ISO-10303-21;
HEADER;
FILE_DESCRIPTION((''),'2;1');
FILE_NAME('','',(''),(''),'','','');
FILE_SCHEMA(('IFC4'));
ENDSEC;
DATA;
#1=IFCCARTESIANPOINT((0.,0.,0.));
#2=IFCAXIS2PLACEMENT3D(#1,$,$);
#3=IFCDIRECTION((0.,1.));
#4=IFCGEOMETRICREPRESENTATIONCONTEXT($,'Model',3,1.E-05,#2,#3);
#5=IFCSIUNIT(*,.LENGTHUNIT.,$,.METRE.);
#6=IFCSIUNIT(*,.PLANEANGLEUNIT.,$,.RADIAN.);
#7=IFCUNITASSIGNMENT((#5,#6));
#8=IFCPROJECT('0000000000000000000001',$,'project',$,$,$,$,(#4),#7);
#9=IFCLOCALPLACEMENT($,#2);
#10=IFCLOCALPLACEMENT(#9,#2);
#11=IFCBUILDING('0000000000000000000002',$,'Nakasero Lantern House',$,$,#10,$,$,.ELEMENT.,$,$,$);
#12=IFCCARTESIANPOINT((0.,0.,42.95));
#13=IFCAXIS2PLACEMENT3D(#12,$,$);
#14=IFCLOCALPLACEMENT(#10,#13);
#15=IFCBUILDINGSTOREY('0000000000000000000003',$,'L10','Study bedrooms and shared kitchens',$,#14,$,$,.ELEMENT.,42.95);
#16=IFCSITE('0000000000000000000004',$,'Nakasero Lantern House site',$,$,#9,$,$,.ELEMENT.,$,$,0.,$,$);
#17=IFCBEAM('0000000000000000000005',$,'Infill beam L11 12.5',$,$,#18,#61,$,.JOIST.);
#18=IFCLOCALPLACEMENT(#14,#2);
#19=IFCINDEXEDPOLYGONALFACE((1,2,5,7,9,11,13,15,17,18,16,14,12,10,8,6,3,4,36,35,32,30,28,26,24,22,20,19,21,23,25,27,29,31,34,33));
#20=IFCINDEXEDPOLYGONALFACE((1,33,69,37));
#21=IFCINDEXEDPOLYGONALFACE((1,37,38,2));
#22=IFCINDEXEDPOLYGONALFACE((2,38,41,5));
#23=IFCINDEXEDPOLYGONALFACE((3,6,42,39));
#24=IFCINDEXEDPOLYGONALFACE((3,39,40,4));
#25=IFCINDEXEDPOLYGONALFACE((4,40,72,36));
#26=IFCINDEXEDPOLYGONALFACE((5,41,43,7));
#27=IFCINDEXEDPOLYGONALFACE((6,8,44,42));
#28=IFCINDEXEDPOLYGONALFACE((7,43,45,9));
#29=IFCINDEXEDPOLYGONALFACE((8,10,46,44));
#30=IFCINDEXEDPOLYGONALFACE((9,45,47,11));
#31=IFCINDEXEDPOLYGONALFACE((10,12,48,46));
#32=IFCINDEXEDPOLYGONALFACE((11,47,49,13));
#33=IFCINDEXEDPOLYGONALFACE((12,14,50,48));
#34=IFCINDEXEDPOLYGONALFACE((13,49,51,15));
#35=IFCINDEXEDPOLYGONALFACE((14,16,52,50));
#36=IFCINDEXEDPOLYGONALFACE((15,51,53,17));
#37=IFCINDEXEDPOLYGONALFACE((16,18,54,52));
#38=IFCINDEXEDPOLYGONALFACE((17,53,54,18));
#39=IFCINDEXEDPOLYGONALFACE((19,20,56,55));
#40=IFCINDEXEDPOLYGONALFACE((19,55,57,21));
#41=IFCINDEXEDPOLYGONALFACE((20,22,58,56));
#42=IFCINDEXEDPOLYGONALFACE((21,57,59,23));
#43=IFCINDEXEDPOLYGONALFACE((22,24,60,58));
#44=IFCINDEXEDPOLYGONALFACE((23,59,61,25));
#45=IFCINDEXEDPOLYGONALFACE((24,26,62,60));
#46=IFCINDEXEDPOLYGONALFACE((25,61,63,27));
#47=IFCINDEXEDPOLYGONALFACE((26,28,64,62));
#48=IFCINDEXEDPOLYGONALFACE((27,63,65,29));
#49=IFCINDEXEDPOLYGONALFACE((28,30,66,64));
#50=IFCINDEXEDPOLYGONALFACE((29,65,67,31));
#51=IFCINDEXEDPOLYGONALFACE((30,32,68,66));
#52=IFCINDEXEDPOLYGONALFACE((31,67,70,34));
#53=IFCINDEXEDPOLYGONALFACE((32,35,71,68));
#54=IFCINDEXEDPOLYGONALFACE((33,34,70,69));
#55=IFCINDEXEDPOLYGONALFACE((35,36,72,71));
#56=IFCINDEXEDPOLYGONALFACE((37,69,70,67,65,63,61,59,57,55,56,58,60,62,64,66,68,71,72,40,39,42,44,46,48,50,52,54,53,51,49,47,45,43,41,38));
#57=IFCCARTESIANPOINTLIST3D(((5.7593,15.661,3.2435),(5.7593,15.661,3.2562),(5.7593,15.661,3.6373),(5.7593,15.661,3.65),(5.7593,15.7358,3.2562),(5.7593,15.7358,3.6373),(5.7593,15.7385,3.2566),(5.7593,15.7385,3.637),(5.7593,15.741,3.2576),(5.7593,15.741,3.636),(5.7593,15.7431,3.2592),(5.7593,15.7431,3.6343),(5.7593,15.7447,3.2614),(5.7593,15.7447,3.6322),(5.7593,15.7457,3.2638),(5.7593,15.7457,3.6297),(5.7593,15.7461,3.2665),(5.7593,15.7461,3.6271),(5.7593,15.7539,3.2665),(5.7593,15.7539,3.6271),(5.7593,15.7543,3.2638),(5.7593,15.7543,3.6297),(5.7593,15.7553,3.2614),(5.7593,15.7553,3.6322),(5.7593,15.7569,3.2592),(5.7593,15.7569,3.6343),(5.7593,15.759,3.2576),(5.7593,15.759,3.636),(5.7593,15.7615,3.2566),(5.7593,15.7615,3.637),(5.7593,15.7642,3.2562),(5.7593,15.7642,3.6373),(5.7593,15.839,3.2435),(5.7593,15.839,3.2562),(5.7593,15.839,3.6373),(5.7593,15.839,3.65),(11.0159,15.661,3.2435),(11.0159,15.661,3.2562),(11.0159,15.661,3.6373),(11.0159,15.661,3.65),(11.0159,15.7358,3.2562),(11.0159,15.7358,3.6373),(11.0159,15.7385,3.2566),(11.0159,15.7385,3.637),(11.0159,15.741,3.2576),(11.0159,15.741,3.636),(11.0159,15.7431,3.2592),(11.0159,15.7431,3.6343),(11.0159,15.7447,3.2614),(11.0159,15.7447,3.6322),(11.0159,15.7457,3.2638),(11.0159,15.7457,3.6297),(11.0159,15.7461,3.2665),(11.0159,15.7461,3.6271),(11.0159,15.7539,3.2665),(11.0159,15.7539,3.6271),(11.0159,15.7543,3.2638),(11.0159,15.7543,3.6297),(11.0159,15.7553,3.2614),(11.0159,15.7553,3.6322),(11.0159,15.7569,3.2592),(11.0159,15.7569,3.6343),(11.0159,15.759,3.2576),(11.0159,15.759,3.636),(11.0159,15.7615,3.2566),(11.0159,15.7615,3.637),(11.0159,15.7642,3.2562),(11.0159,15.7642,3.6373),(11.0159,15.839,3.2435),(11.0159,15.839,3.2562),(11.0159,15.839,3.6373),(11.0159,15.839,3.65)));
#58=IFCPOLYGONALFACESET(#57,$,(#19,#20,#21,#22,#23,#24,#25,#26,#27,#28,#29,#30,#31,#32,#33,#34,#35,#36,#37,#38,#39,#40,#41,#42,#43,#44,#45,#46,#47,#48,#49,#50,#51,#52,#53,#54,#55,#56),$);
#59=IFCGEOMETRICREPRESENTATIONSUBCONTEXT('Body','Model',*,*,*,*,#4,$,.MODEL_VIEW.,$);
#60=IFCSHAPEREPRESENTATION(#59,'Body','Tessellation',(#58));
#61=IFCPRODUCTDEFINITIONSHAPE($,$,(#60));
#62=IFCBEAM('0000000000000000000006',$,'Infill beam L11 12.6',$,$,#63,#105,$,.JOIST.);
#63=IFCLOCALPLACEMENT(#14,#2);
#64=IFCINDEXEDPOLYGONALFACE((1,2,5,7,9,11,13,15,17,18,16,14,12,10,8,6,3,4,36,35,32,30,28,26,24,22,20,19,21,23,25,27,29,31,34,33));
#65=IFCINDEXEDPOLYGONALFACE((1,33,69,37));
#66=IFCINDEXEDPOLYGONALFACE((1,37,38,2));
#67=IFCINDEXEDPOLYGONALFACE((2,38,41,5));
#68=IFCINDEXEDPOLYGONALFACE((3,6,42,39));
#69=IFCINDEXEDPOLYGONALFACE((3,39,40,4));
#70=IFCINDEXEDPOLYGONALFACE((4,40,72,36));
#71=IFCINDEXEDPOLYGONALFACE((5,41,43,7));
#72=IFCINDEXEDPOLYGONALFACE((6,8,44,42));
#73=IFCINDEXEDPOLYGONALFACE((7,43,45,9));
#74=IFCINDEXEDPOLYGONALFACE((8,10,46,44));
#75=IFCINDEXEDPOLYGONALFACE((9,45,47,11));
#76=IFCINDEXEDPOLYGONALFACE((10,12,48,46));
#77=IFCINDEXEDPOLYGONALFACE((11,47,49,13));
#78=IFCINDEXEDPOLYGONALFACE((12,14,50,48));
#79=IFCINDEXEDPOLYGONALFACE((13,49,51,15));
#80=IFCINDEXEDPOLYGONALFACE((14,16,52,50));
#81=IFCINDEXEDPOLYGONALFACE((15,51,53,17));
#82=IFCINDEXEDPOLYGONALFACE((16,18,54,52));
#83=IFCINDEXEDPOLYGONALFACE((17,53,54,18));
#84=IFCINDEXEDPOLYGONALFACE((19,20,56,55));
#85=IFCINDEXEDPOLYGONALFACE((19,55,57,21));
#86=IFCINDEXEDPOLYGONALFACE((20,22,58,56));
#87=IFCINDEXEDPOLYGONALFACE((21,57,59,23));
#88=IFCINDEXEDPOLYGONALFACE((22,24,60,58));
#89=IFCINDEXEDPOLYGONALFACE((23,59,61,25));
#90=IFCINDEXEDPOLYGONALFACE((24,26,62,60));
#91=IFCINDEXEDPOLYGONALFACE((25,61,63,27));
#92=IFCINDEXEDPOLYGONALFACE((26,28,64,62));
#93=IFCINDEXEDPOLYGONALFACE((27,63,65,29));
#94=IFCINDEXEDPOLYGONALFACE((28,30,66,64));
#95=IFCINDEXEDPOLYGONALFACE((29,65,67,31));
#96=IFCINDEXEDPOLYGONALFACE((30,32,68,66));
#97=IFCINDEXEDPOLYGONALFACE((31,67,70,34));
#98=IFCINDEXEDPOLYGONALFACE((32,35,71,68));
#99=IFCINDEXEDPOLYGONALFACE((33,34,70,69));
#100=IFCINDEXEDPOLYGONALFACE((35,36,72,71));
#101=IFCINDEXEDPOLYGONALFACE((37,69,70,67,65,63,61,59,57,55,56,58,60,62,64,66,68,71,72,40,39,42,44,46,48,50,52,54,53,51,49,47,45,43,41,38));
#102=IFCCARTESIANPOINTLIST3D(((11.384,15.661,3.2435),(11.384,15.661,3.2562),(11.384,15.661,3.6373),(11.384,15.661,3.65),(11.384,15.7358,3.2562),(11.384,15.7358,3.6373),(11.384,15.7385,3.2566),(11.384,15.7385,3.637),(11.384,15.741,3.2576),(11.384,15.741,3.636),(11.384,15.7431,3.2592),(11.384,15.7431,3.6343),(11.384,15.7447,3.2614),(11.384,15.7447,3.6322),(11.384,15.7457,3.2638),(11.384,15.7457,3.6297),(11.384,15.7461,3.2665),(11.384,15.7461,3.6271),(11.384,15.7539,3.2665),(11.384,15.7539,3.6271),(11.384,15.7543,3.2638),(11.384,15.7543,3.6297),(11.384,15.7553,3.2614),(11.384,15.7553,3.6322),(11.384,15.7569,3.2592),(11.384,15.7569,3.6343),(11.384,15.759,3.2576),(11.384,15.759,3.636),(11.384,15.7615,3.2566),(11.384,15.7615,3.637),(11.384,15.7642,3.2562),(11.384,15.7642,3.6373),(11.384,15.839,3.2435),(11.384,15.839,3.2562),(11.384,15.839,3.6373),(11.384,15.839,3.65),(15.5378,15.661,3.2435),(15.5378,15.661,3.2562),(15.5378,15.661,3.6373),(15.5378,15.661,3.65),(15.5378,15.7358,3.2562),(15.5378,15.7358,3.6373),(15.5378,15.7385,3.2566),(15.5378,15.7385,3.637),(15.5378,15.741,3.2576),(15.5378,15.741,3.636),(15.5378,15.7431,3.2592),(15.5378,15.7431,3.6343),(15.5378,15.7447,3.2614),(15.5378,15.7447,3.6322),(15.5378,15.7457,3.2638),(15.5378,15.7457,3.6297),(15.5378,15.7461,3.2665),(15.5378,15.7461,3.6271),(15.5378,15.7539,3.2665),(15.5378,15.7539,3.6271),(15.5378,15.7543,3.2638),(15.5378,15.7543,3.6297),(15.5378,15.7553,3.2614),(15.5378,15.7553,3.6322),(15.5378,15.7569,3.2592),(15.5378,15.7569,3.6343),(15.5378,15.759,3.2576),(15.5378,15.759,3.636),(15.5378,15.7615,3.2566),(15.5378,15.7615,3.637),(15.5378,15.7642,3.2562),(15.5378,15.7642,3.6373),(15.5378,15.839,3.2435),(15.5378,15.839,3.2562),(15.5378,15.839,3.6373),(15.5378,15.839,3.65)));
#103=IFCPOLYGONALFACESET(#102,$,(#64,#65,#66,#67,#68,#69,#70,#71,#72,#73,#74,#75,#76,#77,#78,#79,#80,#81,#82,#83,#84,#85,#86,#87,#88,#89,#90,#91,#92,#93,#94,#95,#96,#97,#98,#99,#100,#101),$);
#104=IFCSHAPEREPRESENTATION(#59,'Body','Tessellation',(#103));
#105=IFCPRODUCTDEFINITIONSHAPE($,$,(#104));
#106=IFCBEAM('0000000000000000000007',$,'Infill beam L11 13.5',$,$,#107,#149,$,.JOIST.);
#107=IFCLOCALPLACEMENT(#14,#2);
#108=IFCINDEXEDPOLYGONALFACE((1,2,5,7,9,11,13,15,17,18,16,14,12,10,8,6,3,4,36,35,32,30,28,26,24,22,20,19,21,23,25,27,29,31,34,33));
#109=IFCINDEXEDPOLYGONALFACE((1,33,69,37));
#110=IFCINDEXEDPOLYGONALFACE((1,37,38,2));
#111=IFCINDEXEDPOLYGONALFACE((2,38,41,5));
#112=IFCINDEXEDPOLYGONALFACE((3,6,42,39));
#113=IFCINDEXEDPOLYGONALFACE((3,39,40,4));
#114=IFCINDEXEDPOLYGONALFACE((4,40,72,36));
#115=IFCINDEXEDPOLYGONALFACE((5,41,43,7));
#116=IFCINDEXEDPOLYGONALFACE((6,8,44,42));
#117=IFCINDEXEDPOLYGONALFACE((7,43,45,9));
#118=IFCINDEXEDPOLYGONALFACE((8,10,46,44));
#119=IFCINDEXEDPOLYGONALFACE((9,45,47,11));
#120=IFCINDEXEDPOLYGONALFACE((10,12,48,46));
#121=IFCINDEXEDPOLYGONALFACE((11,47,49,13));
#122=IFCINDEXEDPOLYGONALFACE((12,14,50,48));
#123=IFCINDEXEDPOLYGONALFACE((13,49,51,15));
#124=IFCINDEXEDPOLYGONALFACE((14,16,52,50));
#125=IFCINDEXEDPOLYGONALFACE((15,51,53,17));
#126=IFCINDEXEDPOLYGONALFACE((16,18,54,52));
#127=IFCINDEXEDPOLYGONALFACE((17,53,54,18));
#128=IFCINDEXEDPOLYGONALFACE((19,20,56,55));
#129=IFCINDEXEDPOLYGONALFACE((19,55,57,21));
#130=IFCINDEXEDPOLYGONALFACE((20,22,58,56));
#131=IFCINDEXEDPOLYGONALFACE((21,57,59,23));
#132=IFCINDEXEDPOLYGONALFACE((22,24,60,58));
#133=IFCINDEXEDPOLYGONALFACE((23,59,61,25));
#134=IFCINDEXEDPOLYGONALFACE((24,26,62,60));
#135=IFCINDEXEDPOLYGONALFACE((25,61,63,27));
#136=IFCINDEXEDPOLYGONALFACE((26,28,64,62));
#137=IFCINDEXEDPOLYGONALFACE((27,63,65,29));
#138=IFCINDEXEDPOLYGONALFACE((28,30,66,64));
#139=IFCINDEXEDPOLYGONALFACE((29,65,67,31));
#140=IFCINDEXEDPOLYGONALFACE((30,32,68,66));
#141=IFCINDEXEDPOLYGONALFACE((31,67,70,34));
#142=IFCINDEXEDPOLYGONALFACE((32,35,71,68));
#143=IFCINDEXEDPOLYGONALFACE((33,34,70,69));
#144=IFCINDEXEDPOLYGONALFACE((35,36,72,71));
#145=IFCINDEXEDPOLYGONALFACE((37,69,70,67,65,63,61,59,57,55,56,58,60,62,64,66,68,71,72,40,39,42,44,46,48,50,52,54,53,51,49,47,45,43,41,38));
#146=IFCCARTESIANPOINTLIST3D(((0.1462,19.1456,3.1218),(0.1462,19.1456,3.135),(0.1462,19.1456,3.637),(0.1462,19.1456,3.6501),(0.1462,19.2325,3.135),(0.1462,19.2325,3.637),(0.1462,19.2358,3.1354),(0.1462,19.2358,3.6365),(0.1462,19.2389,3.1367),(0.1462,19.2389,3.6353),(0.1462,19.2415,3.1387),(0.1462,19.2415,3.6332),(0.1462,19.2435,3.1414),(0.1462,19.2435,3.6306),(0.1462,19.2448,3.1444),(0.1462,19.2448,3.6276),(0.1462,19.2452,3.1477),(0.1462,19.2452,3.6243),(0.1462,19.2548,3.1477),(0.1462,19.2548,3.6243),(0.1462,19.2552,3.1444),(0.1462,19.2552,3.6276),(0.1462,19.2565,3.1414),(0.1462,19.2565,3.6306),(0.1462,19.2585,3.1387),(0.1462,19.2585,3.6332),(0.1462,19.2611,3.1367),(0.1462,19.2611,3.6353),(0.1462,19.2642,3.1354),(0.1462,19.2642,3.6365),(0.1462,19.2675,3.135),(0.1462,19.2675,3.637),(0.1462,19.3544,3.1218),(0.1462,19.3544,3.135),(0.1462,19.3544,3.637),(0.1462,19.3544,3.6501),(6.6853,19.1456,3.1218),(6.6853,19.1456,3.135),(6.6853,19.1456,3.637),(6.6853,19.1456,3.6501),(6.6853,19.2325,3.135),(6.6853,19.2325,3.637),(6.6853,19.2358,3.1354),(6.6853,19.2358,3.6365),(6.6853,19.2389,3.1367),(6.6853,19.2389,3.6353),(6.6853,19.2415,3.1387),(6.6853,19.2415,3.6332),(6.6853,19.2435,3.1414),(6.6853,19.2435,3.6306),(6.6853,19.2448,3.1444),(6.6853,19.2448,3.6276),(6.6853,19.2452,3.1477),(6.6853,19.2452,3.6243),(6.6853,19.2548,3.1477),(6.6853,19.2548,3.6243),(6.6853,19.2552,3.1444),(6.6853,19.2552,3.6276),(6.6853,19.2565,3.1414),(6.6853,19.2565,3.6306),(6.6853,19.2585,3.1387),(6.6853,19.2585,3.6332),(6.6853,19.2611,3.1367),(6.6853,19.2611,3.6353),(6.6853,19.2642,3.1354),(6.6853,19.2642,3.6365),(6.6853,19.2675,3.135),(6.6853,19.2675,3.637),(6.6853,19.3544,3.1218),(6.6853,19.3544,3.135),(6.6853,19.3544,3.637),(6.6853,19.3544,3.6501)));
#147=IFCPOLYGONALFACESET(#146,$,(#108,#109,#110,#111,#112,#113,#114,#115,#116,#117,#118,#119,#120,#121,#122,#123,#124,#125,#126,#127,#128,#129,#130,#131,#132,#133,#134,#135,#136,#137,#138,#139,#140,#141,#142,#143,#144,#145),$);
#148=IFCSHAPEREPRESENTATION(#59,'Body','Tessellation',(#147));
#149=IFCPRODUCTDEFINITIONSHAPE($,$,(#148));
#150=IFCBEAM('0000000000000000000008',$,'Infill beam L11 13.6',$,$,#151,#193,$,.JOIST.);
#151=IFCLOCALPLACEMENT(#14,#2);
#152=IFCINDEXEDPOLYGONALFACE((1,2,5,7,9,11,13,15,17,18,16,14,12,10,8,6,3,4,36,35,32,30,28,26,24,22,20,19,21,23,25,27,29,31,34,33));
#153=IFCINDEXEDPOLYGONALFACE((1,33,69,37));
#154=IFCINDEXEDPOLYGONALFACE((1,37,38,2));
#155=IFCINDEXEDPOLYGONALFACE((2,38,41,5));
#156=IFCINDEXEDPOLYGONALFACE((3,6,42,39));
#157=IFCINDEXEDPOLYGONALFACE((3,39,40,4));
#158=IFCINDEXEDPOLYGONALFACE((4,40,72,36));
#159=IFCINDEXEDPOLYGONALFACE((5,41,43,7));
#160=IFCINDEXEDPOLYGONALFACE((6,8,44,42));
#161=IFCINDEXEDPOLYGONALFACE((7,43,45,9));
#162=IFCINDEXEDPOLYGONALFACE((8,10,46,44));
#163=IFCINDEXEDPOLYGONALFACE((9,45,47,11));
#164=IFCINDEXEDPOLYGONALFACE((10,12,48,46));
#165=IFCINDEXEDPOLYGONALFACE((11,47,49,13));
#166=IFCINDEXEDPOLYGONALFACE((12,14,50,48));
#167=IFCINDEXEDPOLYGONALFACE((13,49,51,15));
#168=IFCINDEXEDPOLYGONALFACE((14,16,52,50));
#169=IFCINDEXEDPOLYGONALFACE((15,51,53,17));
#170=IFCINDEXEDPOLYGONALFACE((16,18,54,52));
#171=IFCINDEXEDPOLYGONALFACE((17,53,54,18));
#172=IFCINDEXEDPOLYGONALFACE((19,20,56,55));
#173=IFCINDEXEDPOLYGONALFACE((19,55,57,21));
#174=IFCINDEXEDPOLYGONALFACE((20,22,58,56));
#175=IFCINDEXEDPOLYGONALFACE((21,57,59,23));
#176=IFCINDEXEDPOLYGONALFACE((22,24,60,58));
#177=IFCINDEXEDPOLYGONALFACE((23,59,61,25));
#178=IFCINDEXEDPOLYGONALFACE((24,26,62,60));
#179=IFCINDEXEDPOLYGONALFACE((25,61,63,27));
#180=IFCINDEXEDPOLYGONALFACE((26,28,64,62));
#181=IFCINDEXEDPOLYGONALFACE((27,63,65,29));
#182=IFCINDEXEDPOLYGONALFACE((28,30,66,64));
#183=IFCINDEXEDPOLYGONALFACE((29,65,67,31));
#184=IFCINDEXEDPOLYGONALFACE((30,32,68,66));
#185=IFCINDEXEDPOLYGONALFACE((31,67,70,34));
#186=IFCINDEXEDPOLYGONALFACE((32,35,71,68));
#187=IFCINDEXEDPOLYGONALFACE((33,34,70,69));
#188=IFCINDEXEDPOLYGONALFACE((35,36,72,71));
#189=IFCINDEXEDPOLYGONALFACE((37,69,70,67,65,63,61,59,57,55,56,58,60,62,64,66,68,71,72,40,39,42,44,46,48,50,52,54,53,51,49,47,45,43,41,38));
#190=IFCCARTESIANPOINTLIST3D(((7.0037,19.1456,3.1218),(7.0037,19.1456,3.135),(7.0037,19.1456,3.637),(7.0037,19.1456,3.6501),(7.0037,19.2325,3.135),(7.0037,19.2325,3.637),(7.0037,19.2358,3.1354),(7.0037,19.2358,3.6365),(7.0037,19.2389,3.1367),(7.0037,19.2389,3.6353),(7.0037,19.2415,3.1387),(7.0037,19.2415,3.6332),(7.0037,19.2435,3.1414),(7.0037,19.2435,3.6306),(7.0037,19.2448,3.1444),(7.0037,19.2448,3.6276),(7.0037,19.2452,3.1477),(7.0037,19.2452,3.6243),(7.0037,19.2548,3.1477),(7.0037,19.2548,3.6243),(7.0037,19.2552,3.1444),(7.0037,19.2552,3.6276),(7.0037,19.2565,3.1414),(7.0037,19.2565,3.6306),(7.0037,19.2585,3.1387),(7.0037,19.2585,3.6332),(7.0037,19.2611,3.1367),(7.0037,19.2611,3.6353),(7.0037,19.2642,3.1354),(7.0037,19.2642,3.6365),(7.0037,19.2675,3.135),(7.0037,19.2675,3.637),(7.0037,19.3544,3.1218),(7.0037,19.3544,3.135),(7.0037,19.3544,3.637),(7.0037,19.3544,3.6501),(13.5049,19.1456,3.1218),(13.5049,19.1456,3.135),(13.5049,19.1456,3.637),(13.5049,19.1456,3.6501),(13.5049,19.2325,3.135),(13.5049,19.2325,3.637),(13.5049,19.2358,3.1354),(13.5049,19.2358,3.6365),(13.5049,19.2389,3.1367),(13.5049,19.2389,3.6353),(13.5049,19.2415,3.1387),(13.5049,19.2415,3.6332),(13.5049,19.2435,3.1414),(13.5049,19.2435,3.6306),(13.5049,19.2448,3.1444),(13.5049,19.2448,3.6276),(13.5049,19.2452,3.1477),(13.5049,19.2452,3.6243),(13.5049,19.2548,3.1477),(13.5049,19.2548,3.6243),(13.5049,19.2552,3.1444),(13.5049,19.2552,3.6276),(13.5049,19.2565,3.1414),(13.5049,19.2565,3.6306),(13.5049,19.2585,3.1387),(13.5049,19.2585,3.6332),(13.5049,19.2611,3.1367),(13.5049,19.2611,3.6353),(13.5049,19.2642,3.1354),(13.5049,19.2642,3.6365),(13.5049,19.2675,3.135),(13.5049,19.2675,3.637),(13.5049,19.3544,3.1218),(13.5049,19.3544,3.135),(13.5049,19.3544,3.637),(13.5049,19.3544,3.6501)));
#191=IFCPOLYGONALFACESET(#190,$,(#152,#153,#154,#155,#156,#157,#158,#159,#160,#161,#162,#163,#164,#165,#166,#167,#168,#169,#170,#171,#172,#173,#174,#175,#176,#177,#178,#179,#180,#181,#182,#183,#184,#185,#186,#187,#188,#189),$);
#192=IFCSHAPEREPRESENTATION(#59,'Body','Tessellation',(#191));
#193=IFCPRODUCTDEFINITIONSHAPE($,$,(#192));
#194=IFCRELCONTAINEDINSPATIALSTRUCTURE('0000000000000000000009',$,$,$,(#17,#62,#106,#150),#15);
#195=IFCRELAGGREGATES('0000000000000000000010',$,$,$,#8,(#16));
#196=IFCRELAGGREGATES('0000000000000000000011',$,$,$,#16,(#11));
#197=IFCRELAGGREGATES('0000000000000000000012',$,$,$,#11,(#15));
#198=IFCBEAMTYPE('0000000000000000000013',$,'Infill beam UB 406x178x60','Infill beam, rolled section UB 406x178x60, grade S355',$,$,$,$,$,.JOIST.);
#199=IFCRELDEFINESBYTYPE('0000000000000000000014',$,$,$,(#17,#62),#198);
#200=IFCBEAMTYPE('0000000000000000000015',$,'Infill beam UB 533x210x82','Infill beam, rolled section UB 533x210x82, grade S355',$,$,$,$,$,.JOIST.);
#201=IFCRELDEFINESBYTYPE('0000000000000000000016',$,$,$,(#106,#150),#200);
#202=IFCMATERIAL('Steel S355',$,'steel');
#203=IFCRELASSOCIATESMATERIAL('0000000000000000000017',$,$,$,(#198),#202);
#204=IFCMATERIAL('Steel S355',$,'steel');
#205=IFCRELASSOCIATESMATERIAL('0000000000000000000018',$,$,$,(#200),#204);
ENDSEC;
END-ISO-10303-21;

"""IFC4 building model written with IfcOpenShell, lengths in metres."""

from ifc_helpers import new_model, si_unit, direction, frame, origin, origin_2d, place, context, subcontext, project, spatial, i_section, extrude, material, material_profile, profile_set, type_object, element, save


model = new_model("IFC4")

# Units and contexts
model_context = context("Model", 3, precision=1e-05, world=origin(), true_north=direction((0.0, 1.0)))
body_context = subcontext(model_context, "Body", "Model", "MODEL_VIEW")
ifc_project = project(units=[si_unit("LENGTHUNIT", "METRE"), si_unit("PLANEANGLEUNIT", "RADIAN")], contexts=[model_context])

# Site, building, storey
site_placement = place(None, origin())
site = spatial("IfcSite", under=ifc_project, at=site_placement, Name="Nakasero Lantern House site", CompositionType="ELEMENT", RefElevation=0.0)
building_placement = place(site_placement, origin())
building = spatial("IfcBuilding", under=site, at=building_placement, Name="Nakasero Lantern House", CompositionType="ELEMENT")
storey_placement = place(building_placement, frame((0.0, 0.0, 42.95)))
storey = spatial("IfcBuildingStorey", under=building, at=storey_placement, Name="L10", Description="Study bedrooms and shared kitchens", CompositionType="ELEMENT", Elevation=42.95)

# Beams
ifc_material_1 = material(Name="Steel S355", Category="steel")
ifc_material_profile_1 = material_profile(ifc_material_1, i_section(OverallWidth=0.178, OverallDepth=0.4065, WebThickness=0.0078, FlangeThickness=0.0127, FilletRadius=0.0103, at=origin_2d()), Name="UB 406x178x60")
ifc_profile_set_1 = profile_set([ifc_material_profile_1], Name="Steel S355")
beam_type_1 = type_object("IfcBeamType", Name="Infill beam UB 406x178x60", Description="Infill beam, rolled section UB 406x178x60, grade S355", PredefinedType="JOIST", material=ifc_profile_set_1)
beam_1_placement = place(storey_placement, frame((5.7593, 15.75, 3.4468), z_axis=(1.0, 0.0, 0.0), x_axis=(0.0, 1.0, 0.0)))
element("IfcBeam", 1, at=beam_1_placement, inside=storey, type_object=beam_type_1, Name="Infill beam L11 12.5", PredefinedType="JOIST", context=body_context, shape_type="SweptSolid", body=[
    extrude(i_section(OverallWidth=0.178, OverallDepth=0.4065, WebThickness=0.0078, FlangeThickness=0.0127, FilletRadius=0.0103, at=origin_2d()), origin(), (0.0, 0.0, 1.0), 5.2566),
])
beam_2_placement = place(storey_placement, frame((11.384, 15.75, 3.4468), z_axis=(1.0, 0.0, 0.0), x_axis=(0.0, 1.0, 0.0)))
element("IfcBeam", 2, at=beam_2_placement, inside=storey, type_object=beam_type_1, Name="Infill beam L11 12.6", PredefinedType="JOIST", context=body_context, shape_type="SweptSolid", body=[
    extrude(i_section(OverallWidth=0.178, OverallDepth=0.4065, WebThickness=0.0078, FlangeThickness=0.0127, FilletRadius=0.0103, at=origin_2d()), origin(), (0.0, 0.0, 1.0), 4.1538),
])
ifc_material_2 = material(Name="Steel S355", Category="steel")
ifc_material_profile_2 = material_profile(ifc_material_2, i_section(OverallWidth=0.2087, OverallDepth=0.5283, WebThickness=0.0095, FlangeThickness=0.0132, FilletRadius=0.0127, at=origin_2d()), Name="UB 533x210x82")
ifc_profile_set_2 = profile_set([ifc_material_profile_2], Name="Steel S355")
beam_type_2 = type_object("IfcBeamType", Name="Infill beam UB 533x210x82", Description="Infill beam, rolled section UB 533x210x82, grade S355", PredefinedType="JOIST", material=ifc_profile_set_2)
beam_3_placement = place(storey_placement, frame((0.1462, 19.25, 3.386), z_axis=(1.0, 0.0, 0.0), x_axis=(0.0, 1.0, 0.0)))
element("IfcBeam", 3, at=beam_3_placement, inside=storey, type_object=beam_type_2, Name="Infill beam L11 13.5", PredefinedType="JOIST", context=body_context, shape_type="SweptSolid", body=[
    extrude(i_section(OverallWidth=0.2087, OverallDepth=0.5283, WebThickness=0.0095, FlangeThickness=0.0132, FilletRadius=0.0127, at=origin_2d()), origin(), (0.0, 0.0, 1.0), 6.5391),
])
beam_4_placement = place(storey_placement, frame((7.0037, 19.25, 3.386), z_axis=(1.0, 0.0, 0.0), x_axis=(0.0, 1.0, 0.0)))
element("IfcBeam", 4, at=beam_4_placement, inside=storey, type_object=beam_type_2, Name="Infill beam L11 13.6", PredefinedType="JOIST", context=body_context, shape_type="SweptSolid", body=[
    extrude(i_section(OverallWidth=0.2087, OverallDepth=0.5283, WebThickness=0.0095, FlangeThickness=0.0132, FilletRadius=0.0127, at=origin_2d()), origin(), (0.0, 0.0, 1.0), 6.5012),
])

save(model, "model.ifc")
